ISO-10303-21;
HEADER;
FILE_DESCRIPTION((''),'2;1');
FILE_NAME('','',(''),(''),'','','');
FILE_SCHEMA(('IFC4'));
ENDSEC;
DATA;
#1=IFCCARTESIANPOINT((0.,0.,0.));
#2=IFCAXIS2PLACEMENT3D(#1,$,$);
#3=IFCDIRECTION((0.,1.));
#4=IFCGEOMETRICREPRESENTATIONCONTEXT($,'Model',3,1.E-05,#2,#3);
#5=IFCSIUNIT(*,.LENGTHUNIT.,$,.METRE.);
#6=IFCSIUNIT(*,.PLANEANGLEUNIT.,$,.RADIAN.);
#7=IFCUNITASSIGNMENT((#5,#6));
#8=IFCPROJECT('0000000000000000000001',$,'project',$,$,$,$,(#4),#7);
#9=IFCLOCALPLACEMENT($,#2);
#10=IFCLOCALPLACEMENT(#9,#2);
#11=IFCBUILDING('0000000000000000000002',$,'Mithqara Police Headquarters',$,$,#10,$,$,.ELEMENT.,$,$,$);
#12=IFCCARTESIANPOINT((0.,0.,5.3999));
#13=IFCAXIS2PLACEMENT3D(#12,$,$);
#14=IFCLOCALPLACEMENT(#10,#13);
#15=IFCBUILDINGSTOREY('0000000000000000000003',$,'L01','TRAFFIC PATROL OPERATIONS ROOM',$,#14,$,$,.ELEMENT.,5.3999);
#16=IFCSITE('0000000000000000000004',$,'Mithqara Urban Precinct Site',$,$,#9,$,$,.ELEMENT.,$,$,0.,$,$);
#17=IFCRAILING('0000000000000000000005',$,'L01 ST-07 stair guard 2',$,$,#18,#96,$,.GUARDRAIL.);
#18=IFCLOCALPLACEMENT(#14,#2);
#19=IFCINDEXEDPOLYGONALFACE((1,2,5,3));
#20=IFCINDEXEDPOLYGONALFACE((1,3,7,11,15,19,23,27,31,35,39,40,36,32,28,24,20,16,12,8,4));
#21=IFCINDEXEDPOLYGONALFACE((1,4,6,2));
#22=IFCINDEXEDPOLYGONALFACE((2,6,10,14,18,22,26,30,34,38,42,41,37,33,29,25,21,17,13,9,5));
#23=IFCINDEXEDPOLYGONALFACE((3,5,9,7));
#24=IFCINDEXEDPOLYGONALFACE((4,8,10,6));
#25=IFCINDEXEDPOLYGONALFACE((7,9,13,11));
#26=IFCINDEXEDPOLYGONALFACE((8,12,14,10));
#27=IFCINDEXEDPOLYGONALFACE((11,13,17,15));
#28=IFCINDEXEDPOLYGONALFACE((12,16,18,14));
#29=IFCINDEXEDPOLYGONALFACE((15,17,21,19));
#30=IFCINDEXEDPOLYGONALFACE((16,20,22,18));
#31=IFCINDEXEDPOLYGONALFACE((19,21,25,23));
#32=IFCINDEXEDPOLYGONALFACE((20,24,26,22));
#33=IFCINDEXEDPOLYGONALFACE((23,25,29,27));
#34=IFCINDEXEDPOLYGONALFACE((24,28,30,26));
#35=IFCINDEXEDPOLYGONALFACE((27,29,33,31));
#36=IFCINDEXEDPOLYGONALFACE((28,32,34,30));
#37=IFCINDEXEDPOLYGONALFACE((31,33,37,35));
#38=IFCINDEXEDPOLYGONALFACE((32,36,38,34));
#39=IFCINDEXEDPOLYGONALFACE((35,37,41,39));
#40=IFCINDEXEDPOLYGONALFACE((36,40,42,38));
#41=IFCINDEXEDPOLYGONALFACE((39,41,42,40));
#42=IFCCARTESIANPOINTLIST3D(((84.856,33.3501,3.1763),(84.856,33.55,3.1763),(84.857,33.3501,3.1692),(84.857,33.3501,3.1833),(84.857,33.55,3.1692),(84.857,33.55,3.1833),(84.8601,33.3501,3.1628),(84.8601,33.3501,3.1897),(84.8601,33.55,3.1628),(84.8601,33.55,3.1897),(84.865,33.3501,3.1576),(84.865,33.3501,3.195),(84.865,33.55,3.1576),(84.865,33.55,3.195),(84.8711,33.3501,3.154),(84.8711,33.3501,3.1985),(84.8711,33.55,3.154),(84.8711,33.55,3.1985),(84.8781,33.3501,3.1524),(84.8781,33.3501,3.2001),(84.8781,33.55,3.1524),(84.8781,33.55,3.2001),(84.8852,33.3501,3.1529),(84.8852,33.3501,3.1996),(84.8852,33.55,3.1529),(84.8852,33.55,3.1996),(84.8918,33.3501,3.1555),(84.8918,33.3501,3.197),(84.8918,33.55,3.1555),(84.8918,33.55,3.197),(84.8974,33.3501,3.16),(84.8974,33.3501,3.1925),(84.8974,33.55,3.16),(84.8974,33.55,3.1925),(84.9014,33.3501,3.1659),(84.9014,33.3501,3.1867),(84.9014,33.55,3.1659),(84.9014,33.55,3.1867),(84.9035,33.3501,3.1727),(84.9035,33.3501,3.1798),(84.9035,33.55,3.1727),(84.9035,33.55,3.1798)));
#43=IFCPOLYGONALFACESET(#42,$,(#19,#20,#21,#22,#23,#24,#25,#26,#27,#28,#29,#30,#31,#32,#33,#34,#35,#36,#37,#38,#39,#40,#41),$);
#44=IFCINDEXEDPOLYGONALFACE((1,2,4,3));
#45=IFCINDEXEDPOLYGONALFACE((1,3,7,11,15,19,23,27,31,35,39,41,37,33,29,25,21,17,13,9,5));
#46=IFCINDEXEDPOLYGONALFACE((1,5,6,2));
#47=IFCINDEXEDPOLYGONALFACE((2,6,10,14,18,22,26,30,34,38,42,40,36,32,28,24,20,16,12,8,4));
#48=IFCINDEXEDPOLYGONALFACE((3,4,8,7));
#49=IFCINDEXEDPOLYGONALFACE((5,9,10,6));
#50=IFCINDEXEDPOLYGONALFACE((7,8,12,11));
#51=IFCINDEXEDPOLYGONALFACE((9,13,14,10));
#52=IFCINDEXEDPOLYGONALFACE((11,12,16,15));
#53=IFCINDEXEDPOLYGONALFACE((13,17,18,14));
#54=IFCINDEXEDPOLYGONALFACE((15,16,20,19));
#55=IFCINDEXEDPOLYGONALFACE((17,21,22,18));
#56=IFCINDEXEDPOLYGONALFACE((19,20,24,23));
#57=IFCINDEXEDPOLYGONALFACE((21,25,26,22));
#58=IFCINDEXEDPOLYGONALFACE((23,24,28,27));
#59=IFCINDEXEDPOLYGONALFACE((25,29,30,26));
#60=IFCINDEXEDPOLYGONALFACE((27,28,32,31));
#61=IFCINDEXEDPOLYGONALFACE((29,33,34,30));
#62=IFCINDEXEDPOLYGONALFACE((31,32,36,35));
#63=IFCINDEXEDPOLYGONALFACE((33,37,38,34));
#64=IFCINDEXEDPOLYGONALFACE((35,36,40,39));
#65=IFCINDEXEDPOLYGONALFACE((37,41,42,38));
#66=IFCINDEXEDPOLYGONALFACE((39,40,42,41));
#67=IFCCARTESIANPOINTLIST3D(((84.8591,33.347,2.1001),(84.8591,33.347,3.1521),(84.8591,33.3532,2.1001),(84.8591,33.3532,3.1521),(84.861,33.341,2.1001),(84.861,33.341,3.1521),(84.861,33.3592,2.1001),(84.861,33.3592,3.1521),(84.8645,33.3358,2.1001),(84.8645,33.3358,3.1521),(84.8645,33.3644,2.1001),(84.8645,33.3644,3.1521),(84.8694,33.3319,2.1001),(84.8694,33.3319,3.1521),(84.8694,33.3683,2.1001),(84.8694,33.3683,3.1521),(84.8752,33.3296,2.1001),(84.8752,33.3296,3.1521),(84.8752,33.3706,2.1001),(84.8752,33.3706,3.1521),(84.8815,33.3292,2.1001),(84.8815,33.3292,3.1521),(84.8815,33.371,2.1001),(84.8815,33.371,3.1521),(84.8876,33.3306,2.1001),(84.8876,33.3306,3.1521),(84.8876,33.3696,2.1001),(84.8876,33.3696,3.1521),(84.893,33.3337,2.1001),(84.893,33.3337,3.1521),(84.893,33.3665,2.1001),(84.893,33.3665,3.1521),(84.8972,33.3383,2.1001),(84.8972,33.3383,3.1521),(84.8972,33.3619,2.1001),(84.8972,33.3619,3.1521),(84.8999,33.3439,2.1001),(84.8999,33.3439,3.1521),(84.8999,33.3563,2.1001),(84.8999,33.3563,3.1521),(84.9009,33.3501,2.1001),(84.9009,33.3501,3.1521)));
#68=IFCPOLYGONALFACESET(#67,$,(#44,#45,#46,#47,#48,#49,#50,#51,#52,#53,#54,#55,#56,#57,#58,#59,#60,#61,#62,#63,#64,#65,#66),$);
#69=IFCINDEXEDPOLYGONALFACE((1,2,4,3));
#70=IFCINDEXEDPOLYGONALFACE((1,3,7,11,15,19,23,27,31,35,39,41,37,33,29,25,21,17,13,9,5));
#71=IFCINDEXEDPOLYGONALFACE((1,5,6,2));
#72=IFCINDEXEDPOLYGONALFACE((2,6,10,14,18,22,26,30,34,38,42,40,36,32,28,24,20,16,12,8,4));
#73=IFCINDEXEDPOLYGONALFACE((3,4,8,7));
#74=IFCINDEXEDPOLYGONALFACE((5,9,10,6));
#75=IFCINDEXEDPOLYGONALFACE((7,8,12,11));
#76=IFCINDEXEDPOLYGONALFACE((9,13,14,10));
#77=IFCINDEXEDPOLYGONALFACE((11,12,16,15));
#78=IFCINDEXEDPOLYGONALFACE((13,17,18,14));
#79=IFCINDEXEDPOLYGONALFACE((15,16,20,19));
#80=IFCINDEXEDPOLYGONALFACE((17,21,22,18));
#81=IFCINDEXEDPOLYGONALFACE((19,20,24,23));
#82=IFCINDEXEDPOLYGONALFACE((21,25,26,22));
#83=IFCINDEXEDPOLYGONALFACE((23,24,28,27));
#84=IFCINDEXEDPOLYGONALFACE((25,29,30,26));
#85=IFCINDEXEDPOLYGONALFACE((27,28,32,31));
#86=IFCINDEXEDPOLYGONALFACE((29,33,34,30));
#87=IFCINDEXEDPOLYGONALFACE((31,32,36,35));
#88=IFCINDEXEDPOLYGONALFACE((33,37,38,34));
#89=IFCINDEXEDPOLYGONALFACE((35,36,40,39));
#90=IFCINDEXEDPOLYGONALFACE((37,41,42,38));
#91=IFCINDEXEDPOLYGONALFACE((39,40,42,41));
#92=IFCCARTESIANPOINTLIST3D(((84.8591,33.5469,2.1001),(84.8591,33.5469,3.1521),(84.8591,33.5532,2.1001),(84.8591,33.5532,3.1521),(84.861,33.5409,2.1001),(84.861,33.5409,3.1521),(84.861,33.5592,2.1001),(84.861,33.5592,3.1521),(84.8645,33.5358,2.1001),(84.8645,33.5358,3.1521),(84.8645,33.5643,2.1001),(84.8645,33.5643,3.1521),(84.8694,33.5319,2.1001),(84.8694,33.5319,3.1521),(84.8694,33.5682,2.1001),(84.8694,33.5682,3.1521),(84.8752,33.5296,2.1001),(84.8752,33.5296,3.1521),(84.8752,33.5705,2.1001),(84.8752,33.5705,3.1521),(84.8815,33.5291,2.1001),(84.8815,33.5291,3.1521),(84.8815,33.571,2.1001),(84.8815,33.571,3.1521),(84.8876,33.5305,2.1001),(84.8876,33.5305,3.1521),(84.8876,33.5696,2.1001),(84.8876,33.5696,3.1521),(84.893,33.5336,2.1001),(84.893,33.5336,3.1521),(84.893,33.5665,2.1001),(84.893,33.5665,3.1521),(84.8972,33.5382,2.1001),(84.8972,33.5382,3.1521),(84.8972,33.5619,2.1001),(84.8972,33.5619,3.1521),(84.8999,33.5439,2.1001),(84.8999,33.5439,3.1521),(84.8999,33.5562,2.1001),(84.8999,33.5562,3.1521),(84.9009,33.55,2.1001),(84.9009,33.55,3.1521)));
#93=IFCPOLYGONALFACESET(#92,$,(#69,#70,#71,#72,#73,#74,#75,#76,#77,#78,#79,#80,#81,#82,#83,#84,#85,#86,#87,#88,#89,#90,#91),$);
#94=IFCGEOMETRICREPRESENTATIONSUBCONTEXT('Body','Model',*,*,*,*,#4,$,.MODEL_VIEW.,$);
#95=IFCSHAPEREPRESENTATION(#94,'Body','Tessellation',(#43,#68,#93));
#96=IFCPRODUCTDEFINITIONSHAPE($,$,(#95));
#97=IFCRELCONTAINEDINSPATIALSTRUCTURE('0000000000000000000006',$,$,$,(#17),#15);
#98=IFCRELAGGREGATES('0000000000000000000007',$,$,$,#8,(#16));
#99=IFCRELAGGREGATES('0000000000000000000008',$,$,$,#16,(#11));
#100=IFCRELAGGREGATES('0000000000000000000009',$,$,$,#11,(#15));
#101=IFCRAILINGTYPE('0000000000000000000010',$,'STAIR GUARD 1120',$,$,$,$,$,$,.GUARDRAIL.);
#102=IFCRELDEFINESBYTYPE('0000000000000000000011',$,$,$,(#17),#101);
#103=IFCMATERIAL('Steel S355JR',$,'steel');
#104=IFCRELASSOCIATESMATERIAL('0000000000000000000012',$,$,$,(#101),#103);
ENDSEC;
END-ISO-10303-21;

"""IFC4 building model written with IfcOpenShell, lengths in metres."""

from ifc_helpers import new_model, si_unit, direction, frame, origin, origin_2d, place, context, subcontext, project, spatial, circle, extrude, material, type_object, element, save


model = new_model("IFC4")

# Units and contexts
model_context = context("Model", 3, precision=1e-05, world=origin(), true_north=direction((0.0, 1.0)))
body_context = subcontext(model_context, "Body", "Model", "MODEL_VIEW")
ifc_project = project(units=[si_unit("LENGTHUNIT", "METRE"), si_unit("PLANEANGLEUNIT", "RADIAN")], contexts=[model_context])

# Site, building, storey
site_placement = place(None, origin())
site = spatial("IfcSite", under=ifc_project, at=site_placement, Name="Mithqara Urban Precinct Site", CompositionType="ELEMENT", RefElevation=0.0)
building_placement = place(site_placement, origin())
building = spatial("IfcBuilding", under=site, at=building_placement, Name="Mithqara Police Headquarters", CompositionType="ELEMENT")
storey_placement = place(building_placement, frame((0.0, 0.0, 5.3999)))
storey = spatial("IfcBuildingStorey", under=building, at=storey_placement, Name="L01", Description="TRAFFIC PATROL OPERATIONS ROOM", CompositionType="ELEMENT", Elevation=5.3999)

# Railing
ifc_material_1 = material(Name="Steel S355JR", Category="steel")
railing_type_1 = type_object("IfcRailingType", Name="STAIR GUARD 1120", PredefinedType="GUARDRAIL", material=ifc_material_1)
railing_1_placement = place(storey_placement, frame((84.8799, 33.3501, 2.1001)))
element("IfcRailing", 1, at=railing_1_placement, inside=storey, type_object=railing_type_1, Name="L01 ST-07 stair guard 2", PredefinedType="GUARDRAIL", context=body_context, shape_type="SweptSolid", body=[
    extrude(circle(Radius=0.0239, at=origin_2d()), frame((0.0, 0.0, 1.0762), z_axis=(0.0, 1.0, 0.0), x_axis=(-1.0, 0.0, 0.0)), (0.0, 0.0, 1.0), 0.2),
    extrude(circle(Radius=0.021, at=origin_2d()), origin(), (0.0, 0.0, 1.0), 1.052),
    extrude(circle(Radius=0.021, at=origin_2d()), frame((0.0, 0.2, 0.0)), (0.0, 0.0, 1.0), 1.052),
])

save(model, "model.ifc")
